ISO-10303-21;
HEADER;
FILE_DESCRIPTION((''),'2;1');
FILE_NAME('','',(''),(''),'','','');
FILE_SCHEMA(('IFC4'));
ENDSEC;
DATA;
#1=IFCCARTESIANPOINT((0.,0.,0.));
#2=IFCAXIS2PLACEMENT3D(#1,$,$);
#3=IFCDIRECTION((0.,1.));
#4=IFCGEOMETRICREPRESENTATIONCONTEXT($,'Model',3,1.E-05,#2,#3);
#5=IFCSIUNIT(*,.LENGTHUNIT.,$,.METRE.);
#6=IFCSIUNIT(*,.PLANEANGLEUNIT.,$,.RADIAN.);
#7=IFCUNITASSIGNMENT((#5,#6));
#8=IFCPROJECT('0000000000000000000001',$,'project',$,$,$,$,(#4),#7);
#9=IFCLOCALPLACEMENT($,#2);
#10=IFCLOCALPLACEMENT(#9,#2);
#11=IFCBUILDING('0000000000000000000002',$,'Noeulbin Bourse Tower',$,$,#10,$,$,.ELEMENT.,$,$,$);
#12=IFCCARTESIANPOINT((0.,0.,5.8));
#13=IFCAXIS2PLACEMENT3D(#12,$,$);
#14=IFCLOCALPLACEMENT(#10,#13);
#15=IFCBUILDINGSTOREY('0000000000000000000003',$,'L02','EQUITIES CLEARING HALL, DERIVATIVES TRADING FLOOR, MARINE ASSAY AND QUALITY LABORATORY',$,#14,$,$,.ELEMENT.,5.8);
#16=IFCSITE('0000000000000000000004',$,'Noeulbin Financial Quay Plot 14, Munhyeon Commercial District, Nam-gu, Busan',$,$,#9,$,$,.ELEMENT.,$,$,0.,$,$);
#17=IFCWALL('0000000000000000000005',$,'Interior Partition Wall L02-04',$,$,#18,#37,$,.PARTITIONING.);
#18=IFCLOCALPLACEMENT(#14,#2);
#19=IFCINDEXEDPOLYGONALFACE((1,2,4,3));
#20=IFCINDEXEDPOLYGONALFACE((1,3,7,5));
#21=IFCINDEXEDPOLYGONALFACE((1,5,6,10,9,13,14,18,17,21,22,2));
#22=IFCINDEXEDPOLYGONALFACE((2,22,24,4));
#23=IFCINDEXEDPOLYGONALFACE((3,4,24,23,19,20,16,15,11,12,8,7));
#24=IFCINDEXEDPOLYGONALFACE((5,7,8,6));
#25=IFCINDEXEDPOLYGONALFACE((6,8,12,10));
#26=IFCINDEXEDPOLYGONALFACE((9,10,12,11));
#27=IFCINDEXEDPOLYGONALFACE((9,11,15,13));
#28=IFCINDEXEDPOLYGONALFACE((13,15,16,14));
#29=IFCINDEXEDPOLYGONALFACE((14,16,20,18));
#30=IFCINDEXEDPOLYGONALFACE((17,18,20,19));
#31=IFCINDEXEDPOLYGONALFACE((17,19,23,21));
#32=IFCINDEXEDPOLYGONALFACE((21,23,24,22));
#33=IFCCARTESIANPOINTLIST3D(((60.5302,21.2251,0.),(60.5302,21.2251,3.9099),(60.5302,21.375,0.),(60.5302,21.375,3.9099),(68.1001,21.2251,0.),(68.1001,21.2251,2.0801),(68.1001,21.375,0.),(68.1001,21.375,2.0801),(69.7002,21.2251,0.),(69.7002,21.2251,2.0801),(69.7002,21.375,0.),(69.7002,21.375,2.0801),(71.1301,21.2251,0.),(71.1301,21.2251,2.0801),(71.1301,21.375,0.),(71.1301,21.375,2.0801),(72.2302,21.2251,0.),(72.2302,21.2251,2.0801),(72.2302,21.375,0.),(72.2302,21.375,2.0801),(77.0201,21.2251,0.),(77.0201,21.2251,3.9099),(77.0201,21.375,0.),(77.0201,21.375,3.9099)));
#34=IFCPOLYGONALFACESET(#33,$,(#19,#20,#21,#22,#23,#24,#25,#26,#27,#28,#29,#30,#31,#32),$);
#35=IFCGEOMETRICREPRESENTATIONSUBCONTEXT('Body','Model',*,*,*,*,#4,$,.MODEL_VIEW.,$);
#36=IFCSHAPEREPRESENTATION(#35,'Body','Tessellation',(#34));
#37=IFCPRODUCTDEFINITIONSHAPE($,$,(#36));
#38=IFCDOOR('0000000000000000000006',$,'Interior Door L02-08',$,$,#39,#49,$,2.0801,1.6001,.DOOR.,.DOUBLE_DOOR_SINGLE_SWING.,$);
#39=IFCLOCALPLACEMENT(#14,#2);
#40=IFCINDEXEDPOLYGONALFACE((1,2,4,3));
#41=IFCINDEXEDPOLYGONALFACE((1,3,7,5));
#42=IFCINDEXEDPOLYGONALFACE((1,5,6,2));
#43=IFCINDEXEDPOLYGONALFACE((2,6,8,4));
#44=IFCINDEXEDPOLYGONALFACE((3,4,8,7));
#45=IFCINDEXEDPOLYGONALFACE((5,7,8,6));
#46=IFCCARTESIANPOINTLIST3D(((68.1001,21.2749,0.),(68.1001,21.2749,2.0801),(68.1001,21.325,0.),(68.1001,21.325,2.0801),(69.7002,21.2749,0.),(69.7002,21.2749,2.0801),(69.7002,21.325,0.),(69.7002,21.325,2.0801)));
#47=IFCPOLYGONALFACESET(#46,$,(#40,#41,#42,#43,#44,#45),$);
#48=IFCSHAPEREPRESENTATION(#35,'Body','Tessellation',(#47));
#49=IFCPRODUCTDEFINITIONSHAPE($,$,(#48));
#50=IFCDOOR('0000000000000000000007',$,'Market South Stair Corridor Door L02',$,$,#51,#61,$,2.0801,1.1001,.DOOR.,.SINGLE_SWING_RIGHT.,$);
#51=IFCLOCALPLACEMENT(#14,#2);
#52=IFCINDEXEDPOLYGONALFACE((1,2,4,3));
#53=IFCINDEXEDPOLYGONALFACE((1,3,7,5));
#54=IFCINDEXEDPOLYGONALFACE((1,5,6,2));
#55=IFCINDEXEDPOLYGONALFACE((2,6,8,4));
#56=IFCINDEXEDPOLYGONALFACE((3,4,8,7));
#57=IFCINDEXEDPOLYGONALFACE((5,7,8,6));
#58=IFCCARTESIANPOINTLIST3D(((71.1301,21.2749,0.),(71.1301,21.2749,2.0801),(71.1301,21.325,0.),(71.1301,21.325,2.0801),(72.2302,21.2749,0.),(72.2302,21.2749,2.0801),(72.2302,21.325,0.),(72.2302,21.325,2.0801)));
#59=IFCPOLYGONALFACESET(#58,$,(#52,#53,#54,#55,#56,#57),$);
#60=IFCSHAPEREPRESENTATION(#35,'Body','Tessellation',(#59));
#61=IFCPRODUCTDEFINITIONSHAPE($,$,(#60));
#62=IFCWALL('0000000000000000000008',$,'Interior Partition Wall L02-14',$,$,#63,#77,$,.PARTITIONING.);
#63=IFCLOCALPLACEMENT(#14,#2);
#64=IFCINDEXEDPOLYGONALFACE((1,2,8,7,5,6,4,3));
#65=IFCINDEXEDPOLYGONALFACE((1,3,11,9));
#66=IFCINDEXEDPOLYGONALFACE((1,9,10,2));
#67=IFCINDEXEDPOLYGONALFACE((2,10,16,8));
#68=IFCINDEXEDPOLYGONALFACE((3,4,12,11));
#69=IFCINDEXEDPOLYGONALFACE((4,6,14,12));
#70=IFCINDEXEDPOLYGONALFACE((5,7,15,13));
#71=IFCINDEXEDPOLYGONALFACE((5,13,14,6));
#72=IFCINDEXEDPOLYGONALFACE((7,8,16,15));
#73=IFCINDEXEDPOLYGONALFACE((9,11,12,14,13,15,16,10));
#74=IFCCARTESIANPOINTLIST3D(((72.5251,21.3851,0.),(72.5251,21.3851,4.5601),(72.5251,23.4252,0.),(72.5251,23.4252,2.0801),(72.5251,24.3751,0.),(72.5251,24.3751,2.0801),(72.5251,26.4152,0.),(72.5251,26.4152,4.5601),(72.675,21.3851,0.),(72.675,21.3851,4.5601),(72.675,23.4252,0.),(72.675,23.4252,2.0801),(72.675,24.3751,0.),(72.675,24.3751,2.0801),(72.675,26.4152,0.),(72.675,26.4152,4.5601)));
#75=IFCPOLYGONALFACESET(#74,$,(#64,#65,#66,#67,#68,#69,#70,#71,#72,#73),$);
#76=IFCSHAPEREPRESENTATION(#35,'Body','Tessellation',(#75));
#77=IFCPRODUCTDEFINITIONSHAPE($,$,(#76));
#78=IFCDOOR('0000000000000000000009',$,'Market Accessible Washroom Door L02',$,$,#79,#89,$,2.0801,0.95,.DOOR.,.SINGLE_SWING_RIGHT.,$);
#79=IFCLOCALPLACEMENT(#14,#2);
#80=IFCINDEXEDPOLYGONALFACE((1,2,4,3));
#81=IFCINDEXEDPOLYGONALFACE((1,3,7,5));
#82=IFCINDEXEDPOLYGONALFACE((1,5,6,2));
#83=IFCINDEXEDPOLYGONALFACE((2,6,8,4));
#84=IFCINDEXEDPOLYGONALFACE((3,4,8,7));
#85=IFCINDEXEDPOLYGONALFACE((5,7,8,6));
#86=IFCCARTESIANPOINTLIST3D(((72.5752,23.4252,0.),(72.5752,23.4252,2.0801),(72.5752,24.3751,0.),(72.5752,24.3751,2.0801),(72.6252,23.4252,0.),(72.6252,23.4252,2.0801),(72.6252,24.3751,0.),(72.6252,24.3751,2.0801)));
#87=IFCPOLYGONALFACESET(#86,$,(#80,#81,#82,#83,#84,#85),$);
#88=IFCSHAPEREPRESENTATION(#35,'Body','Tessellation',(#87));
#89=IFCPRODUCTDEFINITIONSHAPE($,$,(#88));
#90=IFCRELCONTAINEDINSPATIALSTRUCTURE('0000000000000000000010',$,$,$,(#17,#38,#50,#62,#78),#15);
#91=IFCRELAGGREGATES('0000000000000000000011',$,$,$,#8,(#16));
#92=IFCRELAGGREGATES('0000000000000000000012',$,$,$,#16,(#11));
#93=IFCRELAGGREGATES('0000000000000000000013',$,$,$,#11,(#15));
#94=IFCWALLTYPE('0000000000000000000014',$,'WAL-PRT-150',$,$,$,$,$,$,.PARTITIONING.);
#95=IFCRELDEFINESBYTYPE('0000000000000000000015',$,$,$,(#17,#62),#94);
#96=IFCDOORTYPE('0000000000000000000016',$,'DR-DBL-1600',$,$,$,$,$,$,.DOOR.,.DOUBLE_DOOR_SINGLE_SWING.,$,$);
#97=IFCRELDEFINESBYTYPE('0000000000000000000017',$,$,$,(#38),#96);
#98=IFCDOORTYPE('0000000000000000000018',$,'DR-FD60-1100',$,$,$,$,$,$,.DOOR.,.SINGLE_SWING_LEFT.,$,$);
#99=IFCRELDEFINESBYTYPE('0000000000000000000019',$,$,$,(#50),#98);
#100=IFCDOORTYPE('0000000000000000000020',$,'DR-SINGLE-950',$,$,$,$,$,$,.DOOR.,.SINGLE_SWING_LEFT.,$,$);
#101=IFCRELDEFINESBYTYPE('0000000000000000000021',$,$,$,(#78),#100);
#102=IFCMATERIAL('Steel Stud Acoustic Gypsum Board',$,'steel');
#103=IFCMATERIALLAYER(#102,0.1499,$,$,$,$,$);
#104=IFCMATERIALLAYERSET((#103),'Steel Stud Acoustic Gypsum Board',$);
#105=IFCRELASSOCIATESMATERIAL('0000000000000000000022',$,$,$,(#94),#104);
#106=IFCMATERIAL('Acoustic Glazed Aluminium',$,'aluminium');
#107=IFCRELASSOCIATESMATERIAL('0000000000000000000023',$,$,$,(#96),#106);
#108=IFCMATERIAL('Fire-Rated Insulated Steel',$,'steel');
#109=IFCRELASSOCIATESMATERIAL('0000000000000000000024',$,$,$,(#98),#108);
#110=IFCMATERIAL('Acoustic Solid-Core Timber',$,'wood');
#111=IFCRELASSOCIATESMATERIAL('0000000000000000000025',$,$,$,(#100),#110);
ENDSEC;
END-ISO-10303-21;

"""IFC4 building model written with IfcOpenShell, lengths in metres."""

from ifc_helpers import new_model, si_unit, direction, frame, frame_2d, origin, place, context, subcontext, project, spatial, rectangle, extrude, material, layer, layer_set, type_object, element, fill, save


model = new_model("IFC4")

# Units and contexts
model_context = context("Model", 3, precision=1e-05, world=origin(), true_north=direction((0.0, 1.0)))
body_context = subcontext(model_context, "Body", "Model", "MODEL_VIEW")
ifc_project = project(units=[si_unit("LENGTHUNIT", "METRE"), si_unit("PLANEANGLEUNIT", "RADIAN")], contexts=[model_context])

# Site, building, storey
site_placement = place(None, origin())
site = spatial("IfcSite", under=ifc_project, at=site_placement, Name="Noeulbin Financial Quay Plot 14, Munhyeon Commercial District, Nam-gu, Busan", CompositionType="ELEMENT", RefElevation=0.0)
building_placement = place(site_placement, origin())
building = spatial("IfcBuilding", under=site, at=building_placement, Name="Noeulbin Bourse Tower", CompositionType="ELEMENT")
storey_placement = place(building_placement, frame((0.0, 0.0, 5.8)))
storey = spatial("IfcBuildingStorey", under=building, at=storey_placement, Name="L02", Description="EQUITIES CLEARING HALL, DERIVATIVES TRADING FLOOR, MARINE ASSAY AND QUALITY LABORATORY", CompositionType="ELEMENT", Elevation=5.8)

# Wall, openings, doors
ifc_material_1 = material(Name="Steel Stud Acoustic Gypsum Board", Category="steel")
ifc_layer_1 = layer(ifc_material_1, 0.1499)
ifc_layer_set_1 = layer_set([ifc_layer_1], Name="Steel Stud Acoustic Gypsum Board")
wall_type = type_object("IfcWallType", Name="WAL-PRT-150", PredefinedType="PARTITIONING", material=ifc_layer_set_1)
wall_1_placement = place(storey_placement, frame((60.53, 21.3, 0.0), z_axis=(0.0, 0.0, 1.0), x_axis=(1.0, 0.0, 0.0)))
wall_1 = element("IfcWall", 1, at=wall_1_placement, inside=storey, type_object=wall_type, Name="Interior Partition Wall L02-04", PredefinedType="PARTITIONING", context=body_context, shape_type="SweptSolid", body=[
    extrude(rectangle(XDim=16.49, YDim=0.1499, at=frame_2d((8.2451, 0.0))), origin(), (0.0, 0.0, 1.0), 3.9099),
])
opening_1_placement = place(wall_1_placement, frame((7.5701, 0.0, 0.0)))
opening_1 = element("IfcOpeningElement", 2, at=opening_1_placement, cuts=wall_1, PredefinedType="OPENING", context=body_context, shape_type="SweptSolid", body=[
    extrude(rectangle(XDim=1.6001, YDim=2.0801, at=frame_2d((0.8, 1.04))), frame((0.0, 0.085, 0.0), z_axis=(0.0, -1.0, 0.0), x_axis=(1.0, 0.0, 0.0)), (0.0, 0.0, 1.0), 0.1699),
])
opening_2_placement = place(wall_1_placement, frame((10.6001, 0.0, 0.0)))
opening_2 = element("IfcOpeningElement", 3, at=opening_2_placement, cuts=wall_1, PredefinedType="OPENING", context=body_context, shape_type="SweptSolid", body=[
    extrude(rectangle(XDim=1.1001, YDim=2.0801, at=frame_2d((0.55, 1.04))), frame((0.0, 0.085, 0.0), z_axis=(0.0, -1.0, 0.0), x_axis=(1.0, 0.0, 0.0)), (0.0, 0.0, 1.0), 0.1699),
])
ifc_material_2 = material(Name="Acoustic Glazed Aluminium", Category="aluminium")
door_type_1 = type_object("IfcDoorType", Name="DR-DBL-1600", OperationType="DOUBLE_DOOR_SINGLE_SWING", PredefinedType="DOOR", material=ifc_material_2)
door_1_placement = place(opening_1_placement, origin())
door_1 = element("IfcDoor", 4, at=door_1_placement, inside=storey, type_object=door_type_1, Name="Interior Door L02-08", OperationType="DOUBLE_DOOR_SINGLE_SWING", OverallHeight=2.0801, OverallWidth=1.6001, PredefinedType="DOOR", context=body_context, shape_type="SweptSolid", body=[
    extrude(rectangle(XDim=1.6001, YDim=2.0801, at=frame_2d((0.8, 1.04))), frame((0.0, 0.0249, 0.0), z_axis=(0.0, -1.0, 0.0), x_axis=(1.0, 0.0, 0.0)), (0.0, 0.0, 1.0), 0.05),
])
fill(opening_1, door_1)
ifc_material_3 = material(Name="Fire-Rated Insulated Steel", Category="steel")
door_type_2 = type_object("IfcDoorType", Name="DR-FD60-1100", OperationType="SINGLE_SWING_LEFT", PredefinedType="DOOR", material=ifc_material_3)
door_2_placement = place(opening_2_placement, origin())
door_2 = element("IfcDoor", 5, at=door_2_placement, inside=storey, type_object=door_type_2, Name="Market South Stair Corridor Door L02", OperationType="SINGLE_SWING_RIGHT", OverallHeight=2.0801, OverallWidth=1.1001, PredefinedType="DOOR", context=body_context, shape_type="SweptSolid", body=[
    extrude(rectangle(XDim=1.1001, YDim=2.0801, at=frame_2d((0.55, 1.04))), frame((0.0, 0.0249, 0.0), z_axis=(0.0, -1.0, 0.0), x_axis=(1.0, 0.0, 0.0)), (0.0, 0.0, 1.0), 0.05),
])
fill(opening_2, door_2)

# Wall, opening, door
wall_2_placement = place(storey_placement, frame((72.6001, 21.385, 0.0), z_axis=(0.0, 0.0, 1.0), x_axis=(0.0, 1.0, 0.0)))
wall_2 = element("IfcWall", 6, at=wall_2_placement, inside=storey, type_object=wall_type, Name="Interior Partition Wall L02-14", PredefinedType="PARTITIONING", context=body_context, shape_type="SweptSolid", body=[
    extrude(rectangle(XDim=5.03, YDim=0.1499, at=frame_2d((2.5151, 0.0))), origin(), (0.0, 0.0, 1.0), 4.5601),
])
opening_3_placement = place(wall_2_placement, frame((2.04, 0.0, 0.0)))
opening_3 = element("IfcOpeningElement", 7, at=opening_3_placement, cuts=wall_2, PredefinedType="OPENING", context=body_context, shape_type="SweptSolid", body=[
    extrude(rectangle(XDim=0.95, YDim=2.0801, at=frame_2d((0.4751, 1.04))), frame((0.0, 0.085, 0.0), z_axis=(0.0, -1.0, 0.0), x_axis=(1.0, 0.0, 0.0)), (0.0, 0.0, 1.0), 0.1699),
])
ifc_material_4 = material(Name="Acoustic Solid-Core Timber", Category="wood")
door_type_3 = type_object("IfcDoorType", Name="DR-SINGLE-950", OperationType="SINGLE_SWING_LEFT", PredefinedType="DOOR", material=ifc_material_4)
door_3_placement = place(opening_3_placement, origin())
door_3 = element("IfcDoor", 8, at=door_3_placement, inside=storey, type_object=door_type_3, Name="Market Accessible Washroom Door L02", OperationType="SINGLE_SWING_RIGHT", OverallHeight=2.0801, OverallWidth=0.95, PredefinedType="DOOR", context=body_context, shape_type="SweptSolid", body=[
    extrude(rectangle(XDim=0.95, YDim=2.0801, at=frame_2d((0.4751, 1.04))), frame((0.0, 0.0249, 0.0), z_axis=(0.0, -1.0, 0.0), x_axis=(1.0, 0.0, 0.0)), (0.0, 0.0, 1.0), 0.05),
])
fill(opening_3, door_3)

save(model, "model.ifc")
